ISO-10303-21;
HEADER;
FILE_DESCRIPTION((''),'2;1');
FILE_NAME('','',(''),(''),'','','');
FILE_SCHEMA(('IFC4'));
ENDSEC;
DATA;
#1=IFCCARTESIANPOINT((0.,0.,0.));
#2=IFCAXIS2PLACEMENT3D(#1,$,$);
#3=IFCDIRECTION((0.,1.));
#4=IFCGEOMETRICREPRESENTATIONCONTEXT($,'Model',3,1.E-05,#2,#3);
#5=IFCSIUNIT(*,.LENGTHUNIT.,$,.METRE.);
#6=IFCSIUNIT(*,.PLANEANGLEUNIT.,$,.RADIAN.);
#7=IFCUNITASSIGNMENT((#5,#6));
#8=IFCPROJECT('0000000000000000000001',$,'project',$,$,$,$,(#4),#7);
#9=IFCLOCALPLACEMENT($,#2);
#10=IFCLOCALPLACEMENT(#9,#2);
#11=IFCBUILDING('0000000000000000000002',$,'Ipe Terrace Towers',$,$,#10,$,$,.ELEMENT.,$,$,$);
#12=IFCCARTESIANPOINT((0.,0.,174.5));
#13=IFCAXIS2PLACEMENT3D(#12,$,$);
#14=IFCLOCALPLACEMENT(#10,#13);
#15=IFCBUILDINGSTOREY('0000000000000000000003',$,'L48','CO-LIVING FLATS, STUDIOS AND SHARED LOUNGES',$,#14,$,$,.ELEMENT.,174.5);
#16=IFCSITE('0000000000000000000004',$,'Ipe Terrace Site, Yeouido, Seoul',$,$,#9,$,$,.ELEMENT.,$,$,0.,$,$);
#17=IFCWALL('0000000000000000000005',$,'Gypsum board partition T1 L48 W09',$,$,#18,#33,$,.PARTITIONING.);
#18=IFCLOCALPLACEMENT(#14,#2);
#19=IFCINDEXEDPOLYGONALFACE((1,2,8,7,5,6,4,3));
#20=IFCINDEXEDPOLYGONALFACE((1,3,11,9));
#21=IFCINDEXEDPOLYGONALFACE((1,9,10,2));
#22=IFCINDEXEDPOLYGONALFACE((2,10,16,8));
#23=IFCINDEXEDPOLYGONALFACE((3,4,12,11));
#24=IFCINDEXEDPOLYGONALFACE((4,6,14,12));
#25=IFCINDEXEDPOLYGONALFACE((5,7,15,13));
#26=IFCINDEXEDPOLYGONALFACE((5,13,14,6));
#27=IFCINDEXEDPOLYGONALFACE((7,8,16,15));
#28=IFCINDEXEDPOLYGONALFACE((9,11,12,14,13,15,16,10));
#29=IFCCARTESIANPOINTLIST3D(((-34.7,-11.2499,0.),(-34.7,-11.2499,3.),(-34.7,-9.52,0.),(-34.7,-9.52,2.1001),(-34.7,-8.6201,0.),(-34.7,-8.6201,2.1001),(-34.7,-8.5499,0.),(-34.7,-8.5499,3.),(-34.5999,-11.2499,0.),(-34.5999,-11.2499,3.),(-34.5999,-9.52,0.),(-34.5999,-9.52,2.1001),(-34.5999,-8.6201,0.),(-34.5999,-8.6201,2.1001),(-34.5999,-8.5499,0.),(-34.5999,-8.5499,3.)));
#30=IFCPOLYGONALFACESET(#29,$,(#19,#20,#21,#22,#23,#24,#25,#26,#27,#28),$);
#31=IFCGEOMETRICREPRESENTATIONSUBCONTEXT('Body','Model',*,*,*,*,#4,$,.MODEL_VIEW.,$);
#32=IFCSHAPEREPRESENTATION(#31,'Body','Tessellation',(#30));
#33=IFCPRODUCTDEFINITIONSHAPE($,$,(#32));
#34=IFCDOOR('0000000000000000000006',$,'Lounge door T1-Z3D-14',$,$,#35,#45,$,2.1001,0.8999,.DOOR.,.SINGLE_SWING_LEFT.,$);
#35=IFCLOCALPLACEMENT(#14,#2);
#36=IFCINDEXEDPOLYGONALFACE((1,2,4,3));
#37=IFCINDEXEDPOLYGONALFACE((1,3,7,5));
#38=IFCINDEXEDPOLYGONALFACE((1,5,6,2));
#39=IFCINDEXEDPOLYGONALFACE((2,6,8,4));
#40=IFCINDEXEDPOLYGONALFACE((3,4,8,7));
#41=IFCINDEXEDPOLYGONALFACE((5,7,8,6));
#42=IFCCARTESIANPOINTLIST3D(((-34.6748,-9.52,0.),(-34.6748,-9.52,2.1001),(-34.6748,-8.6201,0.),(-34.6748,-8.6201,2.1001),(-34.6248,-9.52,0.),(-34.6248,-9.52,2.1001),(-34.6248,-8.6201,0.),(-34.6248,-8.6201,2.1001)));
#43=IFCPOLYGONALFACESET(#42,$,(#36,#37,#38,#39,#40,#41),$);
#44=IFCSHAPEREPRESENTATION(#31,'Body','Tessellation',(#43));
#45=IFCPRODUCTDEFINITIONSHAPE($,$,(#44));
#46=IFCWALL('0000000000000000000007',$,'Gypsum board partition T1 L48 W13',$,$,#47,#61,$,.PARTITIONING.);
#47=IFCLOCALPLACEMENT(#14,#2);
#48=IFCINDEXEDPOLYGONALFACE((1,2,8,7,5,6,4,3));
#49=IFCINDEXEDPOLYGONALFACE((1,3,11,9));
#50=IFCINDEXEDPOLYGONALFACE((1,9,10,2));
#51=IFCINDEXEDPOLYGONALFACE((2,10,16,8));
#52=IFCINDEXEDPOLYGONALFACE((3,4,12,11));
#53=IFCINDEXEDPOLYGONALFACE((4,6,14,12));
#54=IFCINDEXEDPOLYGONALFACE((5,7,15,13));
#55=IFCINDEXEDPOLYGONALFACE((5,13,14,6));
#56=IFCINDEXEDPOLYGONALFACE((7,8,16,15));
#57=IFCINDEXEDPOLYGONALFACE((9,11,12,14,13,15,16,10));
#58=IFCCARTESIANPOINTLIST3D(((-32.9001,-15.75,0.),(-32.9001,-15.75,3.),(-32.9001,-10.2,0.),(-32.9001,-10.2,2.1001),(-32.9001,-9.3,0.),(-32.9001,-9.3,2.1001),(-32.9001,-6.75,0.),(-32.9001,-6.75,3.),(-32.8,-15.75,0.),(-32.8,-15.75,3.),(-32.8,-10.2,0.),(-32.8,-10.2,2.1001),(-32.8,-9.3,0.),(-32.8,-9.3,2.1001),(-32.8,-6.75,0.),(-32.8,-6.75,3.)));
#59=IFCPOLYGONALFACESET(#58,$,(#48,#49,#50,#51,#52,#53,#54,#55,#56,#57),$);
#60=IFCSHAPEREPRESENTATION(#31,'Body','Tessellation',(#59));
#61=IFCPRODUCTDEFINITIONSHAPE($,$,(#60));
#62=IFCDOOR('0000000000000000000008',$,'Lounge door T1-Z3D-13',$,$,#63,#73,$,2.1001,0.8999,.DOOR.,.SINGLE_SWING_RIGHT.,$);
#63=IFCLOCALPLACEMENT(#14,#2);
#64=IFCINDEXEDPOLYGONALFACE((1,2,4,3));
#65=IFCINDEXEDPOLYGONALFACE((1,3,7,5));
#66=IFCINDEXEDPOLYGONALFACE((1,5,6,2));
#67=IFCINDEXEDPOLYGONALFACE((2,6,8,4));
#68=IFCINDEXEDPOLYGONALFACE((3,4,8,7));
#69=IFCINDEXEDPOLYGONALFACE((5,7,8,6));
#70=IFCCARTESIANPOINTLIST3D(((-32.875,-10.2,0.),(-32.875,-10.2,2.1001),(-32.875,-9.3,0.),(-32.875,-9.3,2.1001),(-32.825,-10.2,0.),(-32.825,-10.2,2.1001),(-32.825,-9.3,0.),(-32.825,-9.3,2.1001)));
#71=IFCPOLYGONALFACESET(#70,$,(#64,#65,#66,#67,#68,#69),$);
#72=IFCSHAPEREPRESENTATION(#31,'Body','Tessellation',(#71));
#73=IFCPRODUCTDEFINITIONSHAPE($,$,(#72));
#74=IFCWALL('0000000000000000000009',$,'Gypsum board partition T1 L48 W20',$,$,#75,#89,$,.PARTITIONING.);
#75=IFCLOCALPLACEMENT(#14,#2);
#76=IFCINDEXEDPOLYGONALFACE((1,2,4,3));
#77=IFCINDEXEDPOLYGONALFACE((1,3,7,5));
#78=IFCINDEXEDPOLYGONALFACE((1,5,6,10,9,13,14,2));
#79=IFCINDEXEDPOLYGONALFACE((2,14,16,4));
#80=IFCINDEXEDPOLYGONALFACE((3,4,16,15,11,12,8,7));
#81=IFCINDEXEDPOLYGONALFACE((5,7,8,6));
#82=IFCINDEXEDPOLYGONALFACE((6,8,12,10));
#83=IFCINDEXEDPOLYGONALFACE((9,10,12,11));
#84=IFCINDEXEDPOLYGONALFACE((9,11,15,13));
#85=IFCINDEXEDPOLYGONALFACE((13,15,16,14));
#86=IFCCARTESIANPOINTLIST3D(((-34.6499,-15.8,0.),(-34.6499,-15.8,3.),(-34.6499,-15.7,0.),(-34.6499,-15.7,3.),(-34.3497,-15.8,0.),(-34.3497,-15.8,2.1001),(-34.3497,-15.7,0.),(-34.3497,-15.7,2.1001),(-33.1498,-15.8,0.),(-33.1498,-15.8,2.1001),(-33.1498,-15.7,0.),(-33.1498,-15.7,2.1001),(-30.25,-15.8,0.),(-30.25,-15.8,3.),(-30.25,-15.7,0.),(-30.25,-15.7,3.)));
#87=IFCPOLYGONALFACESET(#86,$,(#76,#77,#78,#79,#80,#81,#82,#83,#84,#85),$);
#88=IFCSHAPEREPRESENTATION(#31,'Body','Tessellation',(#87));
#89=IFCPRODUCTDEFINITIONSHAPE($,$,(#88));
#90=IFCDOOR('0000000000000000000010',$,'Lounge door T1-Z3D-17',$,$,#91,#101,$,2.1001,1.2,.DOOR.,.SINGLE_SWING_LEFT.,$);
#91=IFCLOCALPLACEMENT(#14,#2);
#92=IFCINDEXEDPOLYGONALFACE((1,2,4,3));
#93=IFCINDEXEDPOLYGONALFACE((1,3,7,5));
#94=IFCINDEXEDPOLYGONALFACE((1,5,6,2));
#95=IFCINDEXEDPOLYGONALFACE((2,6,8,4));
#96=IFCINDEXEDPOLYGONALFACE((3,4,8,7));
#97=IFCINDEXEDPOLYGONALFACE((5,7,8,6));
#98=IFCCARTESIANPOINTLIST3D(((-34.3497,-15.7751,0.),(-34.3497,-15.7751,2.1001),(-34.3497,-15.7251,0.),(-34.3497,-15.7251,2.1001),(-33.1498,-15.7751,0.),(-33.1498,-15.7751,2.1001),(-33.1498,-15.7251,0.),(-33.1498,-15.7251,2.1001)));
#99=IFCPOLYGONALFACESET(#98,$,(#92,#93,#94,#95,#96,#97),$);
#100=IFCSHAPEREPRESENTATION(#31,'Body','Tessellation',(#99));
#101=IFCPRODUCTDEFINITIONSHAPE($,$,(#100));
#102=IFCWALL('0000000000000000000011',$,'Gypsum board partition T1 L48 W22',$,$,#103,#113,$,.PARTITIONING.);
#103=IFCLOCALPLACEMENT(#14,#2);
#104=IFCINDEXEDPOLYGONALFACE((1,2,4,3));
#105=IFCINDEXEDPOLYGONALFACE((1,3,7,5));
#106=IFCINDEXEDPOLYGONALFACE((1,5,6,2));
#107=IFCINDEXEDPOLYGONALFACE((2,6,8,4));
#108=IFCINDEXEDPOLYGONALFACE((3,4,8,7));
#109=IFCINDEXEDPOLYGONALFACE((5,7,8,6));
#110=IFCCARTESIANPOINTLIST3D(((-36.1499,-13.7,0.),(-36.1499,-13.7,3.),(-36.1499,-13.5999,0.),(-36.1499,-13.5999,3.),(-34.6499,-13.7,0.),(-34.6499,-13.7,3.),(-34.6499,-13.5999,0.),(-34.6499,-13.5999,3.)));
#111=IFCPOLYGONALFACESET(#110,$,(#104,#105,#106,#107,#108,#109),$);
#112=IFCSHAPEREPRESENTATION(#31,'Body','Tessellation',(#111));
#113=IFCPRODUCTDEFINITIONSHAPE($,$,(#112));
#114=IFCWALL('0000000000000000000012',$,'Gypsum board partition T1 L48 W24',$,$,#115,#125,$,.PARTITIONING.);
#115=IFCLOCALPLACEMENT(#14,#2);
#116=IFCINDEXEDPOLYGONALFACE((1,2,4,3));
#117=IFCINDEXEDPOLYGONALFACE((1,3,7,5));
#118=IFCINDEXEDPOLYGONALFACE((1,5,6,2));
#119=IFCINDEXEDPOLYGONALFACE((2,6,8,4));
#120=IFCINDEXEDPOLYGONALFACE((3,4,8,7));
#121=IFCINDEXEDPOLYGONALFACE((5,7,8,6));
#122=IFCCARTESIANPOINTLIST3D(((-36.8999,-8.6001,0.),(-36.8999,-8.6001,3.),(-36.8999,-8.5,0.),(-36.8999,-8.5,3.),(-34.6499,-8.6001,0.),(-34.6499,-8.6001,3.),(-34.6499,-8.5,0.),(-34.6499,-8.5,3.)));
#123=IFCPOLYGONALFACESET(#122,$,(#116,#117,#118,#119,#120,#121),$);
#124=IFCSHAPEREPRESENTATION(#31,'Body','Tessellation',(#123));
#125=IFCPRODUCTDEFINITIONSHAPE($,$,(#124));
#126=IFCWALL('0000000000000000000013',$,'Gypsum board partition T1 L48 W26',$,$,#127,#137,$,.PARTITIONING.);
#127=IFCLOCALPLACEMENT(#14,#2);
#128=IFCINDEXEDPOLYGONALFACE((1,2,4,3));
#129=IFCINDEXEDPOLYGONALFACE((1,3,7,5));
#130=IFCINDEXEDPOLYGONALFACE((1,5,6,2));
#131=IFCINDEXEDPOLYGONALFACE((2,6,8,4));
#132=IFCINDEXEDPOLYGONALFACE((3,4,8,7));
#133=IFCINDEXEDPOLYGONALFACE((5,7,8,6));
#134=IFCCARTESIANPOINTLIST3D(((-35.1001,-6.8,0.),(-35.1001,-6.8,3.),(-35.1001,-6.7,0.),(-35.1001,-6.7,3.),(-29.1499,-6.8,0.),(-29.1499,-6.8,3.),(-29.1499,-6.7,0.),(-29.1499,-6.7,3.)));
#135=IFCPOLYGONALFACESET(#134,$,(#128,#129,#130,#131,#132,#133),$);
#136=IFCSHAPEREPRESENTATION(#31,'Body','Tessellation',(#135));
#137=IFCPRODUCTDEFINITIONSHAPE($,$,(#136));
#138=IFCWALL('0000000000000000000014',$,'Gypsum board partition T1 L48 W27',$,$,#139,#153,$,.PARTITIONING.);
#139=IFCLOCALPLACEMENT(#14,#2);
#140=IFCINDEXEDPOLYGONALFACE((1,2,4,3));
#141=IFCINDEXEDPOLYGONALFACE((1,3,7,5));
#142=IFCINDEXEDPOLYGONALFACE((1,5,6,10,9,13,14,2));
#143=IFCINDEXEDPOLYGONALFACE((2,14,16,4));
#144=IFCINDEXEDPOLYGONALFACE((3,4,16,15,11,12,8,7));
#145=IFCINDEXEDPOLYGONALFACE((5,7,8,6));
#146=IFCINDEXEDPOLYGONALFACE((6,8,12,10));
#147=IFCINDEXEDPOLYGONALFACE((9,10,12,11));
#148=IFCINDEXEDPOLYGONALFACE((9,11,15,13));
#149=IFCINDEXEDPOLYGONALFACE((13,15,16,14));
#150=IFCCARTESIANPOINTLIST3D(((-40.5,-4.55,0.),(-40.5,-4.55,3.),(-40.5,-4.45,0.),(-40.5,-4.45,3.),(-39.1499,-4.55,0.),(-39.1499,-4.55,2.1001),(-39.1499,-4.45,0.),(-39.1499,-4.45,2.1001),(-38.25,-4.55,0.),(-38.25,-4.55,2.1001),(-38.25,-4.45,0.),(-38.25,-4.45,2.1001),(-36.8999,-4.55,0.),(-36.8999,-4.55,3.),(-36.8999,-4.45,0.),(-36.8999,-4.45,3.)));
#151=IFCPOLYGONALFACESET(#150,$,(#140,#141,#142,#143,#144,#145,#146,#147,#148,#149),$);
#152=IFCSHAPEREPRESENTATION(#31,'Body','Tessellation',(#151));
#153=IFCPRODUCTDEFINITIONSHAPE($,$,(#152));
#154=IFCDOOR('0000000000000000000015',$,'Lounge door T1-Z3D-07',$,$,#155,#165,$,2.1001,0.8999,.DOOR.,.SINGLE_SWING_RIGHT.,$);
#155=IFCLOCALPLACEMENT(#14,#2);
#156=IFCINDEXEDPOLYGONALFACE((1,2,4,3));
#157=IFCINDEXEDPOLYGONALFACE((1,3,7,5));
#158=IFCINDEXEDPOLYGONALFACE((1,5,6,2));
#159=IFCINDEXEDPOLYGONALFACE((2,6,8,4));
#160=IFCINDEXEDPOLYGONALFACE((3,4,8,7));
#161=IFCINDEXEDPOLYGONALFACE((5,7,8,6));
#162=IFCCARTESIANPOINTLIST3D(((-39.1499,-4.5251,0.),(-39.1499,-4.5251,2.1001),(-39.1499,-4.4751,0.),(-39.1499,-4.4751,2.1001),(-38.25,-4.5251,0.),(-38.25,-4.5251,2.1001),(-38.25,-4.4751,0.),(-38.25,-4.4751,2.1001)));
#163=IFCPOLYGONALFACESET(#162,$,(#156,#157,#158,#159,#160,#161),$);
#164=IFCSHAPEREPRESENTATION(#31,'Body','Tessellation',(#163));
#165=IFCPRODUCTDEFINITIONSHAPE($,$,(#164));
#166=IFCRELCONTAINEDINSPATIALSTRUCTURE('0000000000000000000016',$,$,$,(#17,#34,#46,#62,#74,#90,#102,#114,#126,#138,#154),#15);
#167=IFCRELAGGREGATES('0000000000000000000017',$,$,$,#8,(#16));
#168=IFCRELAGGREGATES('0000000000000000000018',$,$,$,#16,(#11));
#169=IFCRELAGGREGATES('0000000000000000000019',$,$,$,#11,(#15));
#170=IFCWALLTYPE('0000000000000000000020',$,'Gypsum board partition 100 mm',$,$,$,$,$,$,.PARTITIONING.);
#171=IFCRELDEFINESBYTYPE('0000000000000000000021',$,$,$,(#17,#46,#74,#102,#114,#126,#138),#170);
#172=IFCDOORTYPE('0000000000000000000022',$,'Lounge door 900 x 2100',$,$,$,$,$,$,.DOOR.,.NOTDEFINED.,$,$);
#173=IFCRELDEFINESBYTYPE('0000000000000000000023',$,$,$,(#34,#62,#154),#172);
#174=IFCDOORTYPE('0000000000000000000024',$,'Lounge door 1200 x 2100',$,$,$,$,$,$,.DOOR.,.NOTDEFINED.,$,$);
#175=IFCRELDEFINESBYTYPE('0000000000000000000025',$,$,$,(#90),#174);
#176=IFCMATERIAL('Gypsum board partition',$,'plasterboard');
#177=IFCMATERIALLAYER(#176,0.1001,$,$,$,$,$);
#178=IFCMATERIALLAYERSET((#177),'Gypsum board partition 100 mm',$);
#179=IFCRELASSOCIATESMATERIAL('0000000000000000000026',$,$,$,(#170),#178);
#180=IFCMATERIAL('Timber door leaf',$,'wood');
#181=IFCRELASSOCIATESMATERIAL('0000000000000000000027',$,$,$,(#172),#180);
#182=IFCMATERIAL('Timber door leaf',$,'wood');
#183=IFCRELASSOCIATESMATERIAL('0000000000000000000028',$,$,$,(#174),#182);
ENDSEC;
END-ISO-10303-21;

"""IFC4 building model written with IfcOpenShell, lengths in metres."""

from ifc_helpers import new_model, si_unit, direction, frame, frame_2d, origin, place, context, subcontext, project, spatial, rectangle, extrude, material, layer, layer_set, type_object, element, fill, save


model = new_model("IFC4")

# Units and contexts
model_context = context("Model", 3, precision=1e-05, world=origin(), true_north=direction((0.0, 1.0)))
body_context = subcontext(model_context, "Body", "Model", "MODEL_VIEW")
ifc_project = project(units=[si_unit("LENGTHUNIT", "METRE"), si_unit("PLANEANGLEUNIT", "RADIAN")], contexts=[model_context])

# Site, building, storey
site_placement = place(None, origin())
site = spatial("IfcSite", under=ifc_project, at=site_placement, Name="Ipe Terrace Site, Yeouido, Seoul", CompositionType="ELEMENT", RefElevation=0.0)
building_placement = place(site_placement, origin())
building = spatial("IfcBuilding", under=site, at=building_placement, Name="Ipe Terrace Towers", CompositionType="ELEMENT")
storey_placement = place(building_placement, frame((0.0, 0.0, 174.5)))
storey = spatial("IfcBuildingStorey", under=building, at=storey_placement, Name="L48", Description="CO-LIVING FLATS, STUDIOS AND SHARED LOUNGES", CompositionType="ELEMENT", Elevation=174.5)

# Shared definitions
ifc_material_1 = material(Name="Gypsum board partition", Category="plasterboard")
ifc_layer_1 = layer(ifc_material_1, 0.1001)
ifc_layer_set_1 = layer_set([ifc_layer_1], Name="Gypsum board partition 100 mm")
wall_type_1 = type_object("IfcWallType", Name="Gypsum board partition 100 mm", PredefinedType="PARTITIONING", material=ifc_layer_set_1)

# Walls, openings, doors
wall_1_placement = place(storey_placement, frame((-34.6499, -11.25, 0.0), z_axis=(0.0, 0.0, 1.0), x_axis=(0.0, 1.0, 0.0)))
wall_1 = element("IfcWall", 1, at=wall_1_placement, inside=storey, type_object=wall_type_1, Name="Gypsum board partition T1 L48 W09", PredefinedType="PARTITIONING", context=body_context, shape_type="SweptSolid", body=[
    extrude(rectangle(XDim=2.7, YDim=0.1001, at=frame_2d((1.3501, 0.0))), origin(), (0.0, 0.0, 1.0), 3.0),
])
opening_1_placement = place(wall_1_placement, frame((1.73, 0.0, 0.0)))
opening_1 = element("IfcOpeningElement", 2, at=opening_1_placement, cuts=wall_1, PredefinedType="OPENING", context=body_context, shape_type="SweptSolid", body=[
    extrude(rectangle(XDim=0.8999, YDim=2.1001, at=frame_2d((0.45, 1.05))), frame((0.0, 0.0601, 0.0), z_axis=(0.0, -1.0, 0.0), x_axis=(1.0, 0.0, 0.0)), (0.0, 0.0, 1.0), 0.1201),
])
ifc_material_2 = material(Name="Timber door leaf", Category="wood")
door_type_1 = type_object("IfcDoorType", Name="Lounge door 900 x 2100", OperationType="NOTDEFINED", PredefinedType="DOOR", material=ifc_material_2)
door_1_placement = place(opening_1_placement, origin())
door_1 = element("IfcDoor", 3, at=door_1_placement, inside=storey, type_object=door_type_1, Name="Lounge door T1-Z3D-14", OperationType="SINGLE_SWING_LEFT", OverallHeight=2.1001, OverallWidth=0.8999, PredefinedType="DOOR", context=body_context, shape_type="SweptSolid", body=[
    extrude(rectangle(XDim=0.8999, YDim=2.1001, at=frame_2d((0.45, 1.05))), frame((0.0, 0.0249, 0.0), z_axis=(0.0, -1.0, 0.0), x_axis=(1.0, 0.0, 0.0)), (0.0, 0.0, 1.0), 0.05),
])
fill(opening_1, door_1)
wall_2_placement = place(storey_placement, frame((-32.8501, -15.75, 0.0), z_axis=(0.0, 0.0, 1.0), x_axis=(0.0, 1.0, 0.0)))
wall_2 = element("IfcWall", 4, at=wall_2_placement, inside=storey, type_object=wall_type_1, Name="Gypsum board partition T1 L48 W13", PredefinedType="PARTITIONING", context=body_context, shape_type="SweptSolid", body=[
    extrude(rectangle(XDim=9.0, YDim=0.1001, at=frame_2d((4.5, 0.0))), origin(), (0.0, 0.0, 1.0), 3.0),
])
opening_2_placement = place(wall_2_placement, frame((5.55, 0.0, 0.0)))
opening_2 = element("IfcOpeningElement", 5, at=opening_2_placement, cuts=wall_2, PredefinedType="OPENING", context=body_context, shape_type="SweptSolid", body=[
    extrude(rectangle(XDim=0.8999, YDim=2.1001, at=frame_2d((0.45, 1.05))), frame((0.0, 0.0601, 0.0), z_axis=(0.0, -1.0, 0.0), x_axis=(1.0, 0.0, 0.0)), (0.0, 0.0, 1.0), 0.1201),
])
door_2_placement = place(opening_2_placement, origin())
door_2 = element("IfcDoor", 6, at=door_2_placement, inside=storey, type_object=door_type_1, Name="Lounge door T1-Z3D-13", OperationType="SINGLE_SWING_RIGHT", OverallHeight=2.1001, OverallWidth=0.8999, PredefinedType="DOOR", context=body_context, shape_type="SweptSolid", body=[
    extrude(rectangle(XDim=0.8999, YDim=2.1001, at=frame_2d((0.45, 1.05))), frame((0.0, 0.0249, 0.0), z_axis=(0.0, -1.0, 0.0), x_axis=(1.0, 0.0, 0.0)), (0.0, 0.0, 1.0), 0.05),
])
fill(opening_2, door_2)
wall_3_placement = place(storey_placement, frame((-34.6499, -15.75, 0.0), z_axis=(0.0, 0.0, 1.0), x_axis=(1.0, 0.0, 0.0)))
wall_3 = element("IfcWall", 7, at=wall_3_placement, inside=storey, type_object=wall_type_1, Name="Gypsum board partition T1 L48 W20", PredefinedType="PARTITIONING", context=body_context, shape_type="SweptSolid", body=[
    extrude(rectangle(XDim=4.3999, YDim=0.1001, at=frame_2d((2.2, 0.0))), origin(), (0.0, 0.0, 1.0), 3.0),
])
opening_3_placement = place(wall_3_placement, frame((0.3, 0.0, 0.0)))
opening_3 = element("IfcOpeningElement", 8, at=opening_3_placement, cuts=wall_3, PredefinedType="OPENING", context=body_context, shape_type="SweptSolid", body=[
    extrude(rectangle(XDim=1.2, YDim=2.1001, at=frame_2d((0.6001, 1.05))), frame((0.0, 0.0601, 0.0), z_axis=(0.0, -1.0, 0.0), x_axis=(1.0, 0.0, 0.0)), (0.0, 0.0, 1.0), 0.1201),
])
ifc_material_3 = material(Name="Timber door leaf", Category="wood")
door_type_2 = type_object("IfcDoorType", Name="Lounge door 1200 x 2100", OperationType="NOTDEFINED", PredefinedType="DOOR", material=ifc_material_3)
door_3_placement = place(opening_3_placement, origin())
door_3 = element("IfcDoor", 9, at=door_3_placement, inside=storey, type_object=door_type_2, Name="Lounge door T1-Z3D-17", OperationType="SINGLE_SWING_LEFT", OverallHeight=2.1001, OverallWidth=1.2, PredefinedType="DOOR", context=body_context, shape_type="SweptSolid", body=[
    extrude(rectangle(XDim=1.2, YDim=2.1001, at=frame_2d((0.6001, 1.05))), frame((0.0, 0.0249, 0.0), z_axis=(0.0, -1.0, 0.0), x_axis=(1.0, 0.0, 0.0)), (0.0, 0.0, 1.0), 0.05),
])
fill(opening_3, door_3)

# Walls
wall_4_placement = place(storey_placement, frame((-36.1499, -13.6499, 0.0), z_axis=(0.0, 0.0, 1.0), x_axis=(1.0, 0.0, 0.0)))
element("IfcWall", 10, at=wall_4_placement, inside=storey, type_object=wall_type_1, Name="Gypsum board partition T1 L48 W22", PredefinedType="PARTITIONING", context=body_context, shape_type="SweptSolid", body=[
    extrude(rectangle(XDim=1.5, YDim=0.1001, at=frame_2d((0.75, 0.0))), origin(), (0.0, 0.0, 1.0), 3.0),
])
wall_5_placement = place(storey_placement, frame((-36.8999, -8.55, 0.0), z_axis=(0.0, 0.0, 1.0), x_axis=(1.0, 0.0, 0.0)))
element("IfcWall", 11, at=wall_5_placement, inside=storey, type_object=wall_type_1, Name="Gypsum board partition T1 L48 W24", PredefinedType="PARTITIONING", context=body_context, shape_type="SweptSolid", body=[
    extrude(rectangle(XDim=2.25, YDim=0.1001, at=frame_2d((1.125, 0.0))), origin(), (0.0, 0.0, 1.0), 3.0),
])
wall_6_placement = place(storey_placement, frame((-35.1001, -6.75, 0.0), z_axis=(0.0, 0.0, 1.0), x_axis=(1.0, 0.0, 0.0)))
element("IfcWall", 12, at=wall_6_placement, inside=storey, type_object=wall_type_1, Name="Gypsum board partition T1 L48 W26", PredefinedType="PARTITIONING", context=body_context, shape_type="SweptSolid", body=[
    extrude(rectangle(XDim=5.9502, YDim=0.1001, at=frame_2d((2.9751, 0.0))), origin(), (0.0, 0.0, 1.0), 3.0),
])

# Wall, opening, door
wall_7_placement = place(storey_placement, frame((-40.5, -4.5, 0.0), z_axis=(0.0, 0.0, 1.0), x_axis=(1.0, 0.0, 0.0)))
wall_7 = element("IfcWall", 13, at=wall_7_placement, inside=storey, type_object=wall_type_1, Name="Gypsum board partition T1 L48 W27", PredefinedType="PARTITIONING", context=body_context, shape_type="SweptSolid", body=[
    extrude(rectangle(XDim=3.6001, YDim=0.1001, at=frame_2d((1.8, 0.0))), origin(), (0.0, 0.0, 1.0), 3.0),
])
opening_4_placement = place(wall_7_placement, frame((1.3501, 0.0, 0.0)))
opening_4 = element("IfcOpeningElement", 14, at=opening_4_placement, cuts=wall_7, PredefinedType="OPENING", context=body_context, shape_type="SweptSolid", body=[
    extrude(rectangle(XDim=0.8999, YDim=2.1001, at=frame_2d((0.45, 1.05))), frame((0.0, 0.0601, 0.0), z_axis=(0.0, -1.0, 0.0), x_axis=(1.0, 0.0, 0.0)), (0.0, 0.0, 1.0), 0.1201),
])
door_4_placement = place(opening_4_placement, origin())
door_4 = element("IfcDoor", 15, at=door_4_placement, inside=storey, type_object=door_type_1, Name="Lounge door T1-Z3D-07", OperationType="SINGLE_SWING_RIGHT", OverallHeight=2.1001, OverallWidth=0.8999, PredefinedType="DOOR", context=body_context, shape_type="SweptSolid", body=[
    extrude(rectangle(XDim=0.8999, YDim=2.1001, at=frame_2d((0.45, 1.05))), frame((0.0, 0.0249, 0.0), z_axis=(0.0, -1.0, 0.0), x_axis=(1.0, 0.0, 0.0)), (0.0, 0.0, 1.0), 0.05),
])
fill(opening_4, door_4)

save(model, "model.ifc")
